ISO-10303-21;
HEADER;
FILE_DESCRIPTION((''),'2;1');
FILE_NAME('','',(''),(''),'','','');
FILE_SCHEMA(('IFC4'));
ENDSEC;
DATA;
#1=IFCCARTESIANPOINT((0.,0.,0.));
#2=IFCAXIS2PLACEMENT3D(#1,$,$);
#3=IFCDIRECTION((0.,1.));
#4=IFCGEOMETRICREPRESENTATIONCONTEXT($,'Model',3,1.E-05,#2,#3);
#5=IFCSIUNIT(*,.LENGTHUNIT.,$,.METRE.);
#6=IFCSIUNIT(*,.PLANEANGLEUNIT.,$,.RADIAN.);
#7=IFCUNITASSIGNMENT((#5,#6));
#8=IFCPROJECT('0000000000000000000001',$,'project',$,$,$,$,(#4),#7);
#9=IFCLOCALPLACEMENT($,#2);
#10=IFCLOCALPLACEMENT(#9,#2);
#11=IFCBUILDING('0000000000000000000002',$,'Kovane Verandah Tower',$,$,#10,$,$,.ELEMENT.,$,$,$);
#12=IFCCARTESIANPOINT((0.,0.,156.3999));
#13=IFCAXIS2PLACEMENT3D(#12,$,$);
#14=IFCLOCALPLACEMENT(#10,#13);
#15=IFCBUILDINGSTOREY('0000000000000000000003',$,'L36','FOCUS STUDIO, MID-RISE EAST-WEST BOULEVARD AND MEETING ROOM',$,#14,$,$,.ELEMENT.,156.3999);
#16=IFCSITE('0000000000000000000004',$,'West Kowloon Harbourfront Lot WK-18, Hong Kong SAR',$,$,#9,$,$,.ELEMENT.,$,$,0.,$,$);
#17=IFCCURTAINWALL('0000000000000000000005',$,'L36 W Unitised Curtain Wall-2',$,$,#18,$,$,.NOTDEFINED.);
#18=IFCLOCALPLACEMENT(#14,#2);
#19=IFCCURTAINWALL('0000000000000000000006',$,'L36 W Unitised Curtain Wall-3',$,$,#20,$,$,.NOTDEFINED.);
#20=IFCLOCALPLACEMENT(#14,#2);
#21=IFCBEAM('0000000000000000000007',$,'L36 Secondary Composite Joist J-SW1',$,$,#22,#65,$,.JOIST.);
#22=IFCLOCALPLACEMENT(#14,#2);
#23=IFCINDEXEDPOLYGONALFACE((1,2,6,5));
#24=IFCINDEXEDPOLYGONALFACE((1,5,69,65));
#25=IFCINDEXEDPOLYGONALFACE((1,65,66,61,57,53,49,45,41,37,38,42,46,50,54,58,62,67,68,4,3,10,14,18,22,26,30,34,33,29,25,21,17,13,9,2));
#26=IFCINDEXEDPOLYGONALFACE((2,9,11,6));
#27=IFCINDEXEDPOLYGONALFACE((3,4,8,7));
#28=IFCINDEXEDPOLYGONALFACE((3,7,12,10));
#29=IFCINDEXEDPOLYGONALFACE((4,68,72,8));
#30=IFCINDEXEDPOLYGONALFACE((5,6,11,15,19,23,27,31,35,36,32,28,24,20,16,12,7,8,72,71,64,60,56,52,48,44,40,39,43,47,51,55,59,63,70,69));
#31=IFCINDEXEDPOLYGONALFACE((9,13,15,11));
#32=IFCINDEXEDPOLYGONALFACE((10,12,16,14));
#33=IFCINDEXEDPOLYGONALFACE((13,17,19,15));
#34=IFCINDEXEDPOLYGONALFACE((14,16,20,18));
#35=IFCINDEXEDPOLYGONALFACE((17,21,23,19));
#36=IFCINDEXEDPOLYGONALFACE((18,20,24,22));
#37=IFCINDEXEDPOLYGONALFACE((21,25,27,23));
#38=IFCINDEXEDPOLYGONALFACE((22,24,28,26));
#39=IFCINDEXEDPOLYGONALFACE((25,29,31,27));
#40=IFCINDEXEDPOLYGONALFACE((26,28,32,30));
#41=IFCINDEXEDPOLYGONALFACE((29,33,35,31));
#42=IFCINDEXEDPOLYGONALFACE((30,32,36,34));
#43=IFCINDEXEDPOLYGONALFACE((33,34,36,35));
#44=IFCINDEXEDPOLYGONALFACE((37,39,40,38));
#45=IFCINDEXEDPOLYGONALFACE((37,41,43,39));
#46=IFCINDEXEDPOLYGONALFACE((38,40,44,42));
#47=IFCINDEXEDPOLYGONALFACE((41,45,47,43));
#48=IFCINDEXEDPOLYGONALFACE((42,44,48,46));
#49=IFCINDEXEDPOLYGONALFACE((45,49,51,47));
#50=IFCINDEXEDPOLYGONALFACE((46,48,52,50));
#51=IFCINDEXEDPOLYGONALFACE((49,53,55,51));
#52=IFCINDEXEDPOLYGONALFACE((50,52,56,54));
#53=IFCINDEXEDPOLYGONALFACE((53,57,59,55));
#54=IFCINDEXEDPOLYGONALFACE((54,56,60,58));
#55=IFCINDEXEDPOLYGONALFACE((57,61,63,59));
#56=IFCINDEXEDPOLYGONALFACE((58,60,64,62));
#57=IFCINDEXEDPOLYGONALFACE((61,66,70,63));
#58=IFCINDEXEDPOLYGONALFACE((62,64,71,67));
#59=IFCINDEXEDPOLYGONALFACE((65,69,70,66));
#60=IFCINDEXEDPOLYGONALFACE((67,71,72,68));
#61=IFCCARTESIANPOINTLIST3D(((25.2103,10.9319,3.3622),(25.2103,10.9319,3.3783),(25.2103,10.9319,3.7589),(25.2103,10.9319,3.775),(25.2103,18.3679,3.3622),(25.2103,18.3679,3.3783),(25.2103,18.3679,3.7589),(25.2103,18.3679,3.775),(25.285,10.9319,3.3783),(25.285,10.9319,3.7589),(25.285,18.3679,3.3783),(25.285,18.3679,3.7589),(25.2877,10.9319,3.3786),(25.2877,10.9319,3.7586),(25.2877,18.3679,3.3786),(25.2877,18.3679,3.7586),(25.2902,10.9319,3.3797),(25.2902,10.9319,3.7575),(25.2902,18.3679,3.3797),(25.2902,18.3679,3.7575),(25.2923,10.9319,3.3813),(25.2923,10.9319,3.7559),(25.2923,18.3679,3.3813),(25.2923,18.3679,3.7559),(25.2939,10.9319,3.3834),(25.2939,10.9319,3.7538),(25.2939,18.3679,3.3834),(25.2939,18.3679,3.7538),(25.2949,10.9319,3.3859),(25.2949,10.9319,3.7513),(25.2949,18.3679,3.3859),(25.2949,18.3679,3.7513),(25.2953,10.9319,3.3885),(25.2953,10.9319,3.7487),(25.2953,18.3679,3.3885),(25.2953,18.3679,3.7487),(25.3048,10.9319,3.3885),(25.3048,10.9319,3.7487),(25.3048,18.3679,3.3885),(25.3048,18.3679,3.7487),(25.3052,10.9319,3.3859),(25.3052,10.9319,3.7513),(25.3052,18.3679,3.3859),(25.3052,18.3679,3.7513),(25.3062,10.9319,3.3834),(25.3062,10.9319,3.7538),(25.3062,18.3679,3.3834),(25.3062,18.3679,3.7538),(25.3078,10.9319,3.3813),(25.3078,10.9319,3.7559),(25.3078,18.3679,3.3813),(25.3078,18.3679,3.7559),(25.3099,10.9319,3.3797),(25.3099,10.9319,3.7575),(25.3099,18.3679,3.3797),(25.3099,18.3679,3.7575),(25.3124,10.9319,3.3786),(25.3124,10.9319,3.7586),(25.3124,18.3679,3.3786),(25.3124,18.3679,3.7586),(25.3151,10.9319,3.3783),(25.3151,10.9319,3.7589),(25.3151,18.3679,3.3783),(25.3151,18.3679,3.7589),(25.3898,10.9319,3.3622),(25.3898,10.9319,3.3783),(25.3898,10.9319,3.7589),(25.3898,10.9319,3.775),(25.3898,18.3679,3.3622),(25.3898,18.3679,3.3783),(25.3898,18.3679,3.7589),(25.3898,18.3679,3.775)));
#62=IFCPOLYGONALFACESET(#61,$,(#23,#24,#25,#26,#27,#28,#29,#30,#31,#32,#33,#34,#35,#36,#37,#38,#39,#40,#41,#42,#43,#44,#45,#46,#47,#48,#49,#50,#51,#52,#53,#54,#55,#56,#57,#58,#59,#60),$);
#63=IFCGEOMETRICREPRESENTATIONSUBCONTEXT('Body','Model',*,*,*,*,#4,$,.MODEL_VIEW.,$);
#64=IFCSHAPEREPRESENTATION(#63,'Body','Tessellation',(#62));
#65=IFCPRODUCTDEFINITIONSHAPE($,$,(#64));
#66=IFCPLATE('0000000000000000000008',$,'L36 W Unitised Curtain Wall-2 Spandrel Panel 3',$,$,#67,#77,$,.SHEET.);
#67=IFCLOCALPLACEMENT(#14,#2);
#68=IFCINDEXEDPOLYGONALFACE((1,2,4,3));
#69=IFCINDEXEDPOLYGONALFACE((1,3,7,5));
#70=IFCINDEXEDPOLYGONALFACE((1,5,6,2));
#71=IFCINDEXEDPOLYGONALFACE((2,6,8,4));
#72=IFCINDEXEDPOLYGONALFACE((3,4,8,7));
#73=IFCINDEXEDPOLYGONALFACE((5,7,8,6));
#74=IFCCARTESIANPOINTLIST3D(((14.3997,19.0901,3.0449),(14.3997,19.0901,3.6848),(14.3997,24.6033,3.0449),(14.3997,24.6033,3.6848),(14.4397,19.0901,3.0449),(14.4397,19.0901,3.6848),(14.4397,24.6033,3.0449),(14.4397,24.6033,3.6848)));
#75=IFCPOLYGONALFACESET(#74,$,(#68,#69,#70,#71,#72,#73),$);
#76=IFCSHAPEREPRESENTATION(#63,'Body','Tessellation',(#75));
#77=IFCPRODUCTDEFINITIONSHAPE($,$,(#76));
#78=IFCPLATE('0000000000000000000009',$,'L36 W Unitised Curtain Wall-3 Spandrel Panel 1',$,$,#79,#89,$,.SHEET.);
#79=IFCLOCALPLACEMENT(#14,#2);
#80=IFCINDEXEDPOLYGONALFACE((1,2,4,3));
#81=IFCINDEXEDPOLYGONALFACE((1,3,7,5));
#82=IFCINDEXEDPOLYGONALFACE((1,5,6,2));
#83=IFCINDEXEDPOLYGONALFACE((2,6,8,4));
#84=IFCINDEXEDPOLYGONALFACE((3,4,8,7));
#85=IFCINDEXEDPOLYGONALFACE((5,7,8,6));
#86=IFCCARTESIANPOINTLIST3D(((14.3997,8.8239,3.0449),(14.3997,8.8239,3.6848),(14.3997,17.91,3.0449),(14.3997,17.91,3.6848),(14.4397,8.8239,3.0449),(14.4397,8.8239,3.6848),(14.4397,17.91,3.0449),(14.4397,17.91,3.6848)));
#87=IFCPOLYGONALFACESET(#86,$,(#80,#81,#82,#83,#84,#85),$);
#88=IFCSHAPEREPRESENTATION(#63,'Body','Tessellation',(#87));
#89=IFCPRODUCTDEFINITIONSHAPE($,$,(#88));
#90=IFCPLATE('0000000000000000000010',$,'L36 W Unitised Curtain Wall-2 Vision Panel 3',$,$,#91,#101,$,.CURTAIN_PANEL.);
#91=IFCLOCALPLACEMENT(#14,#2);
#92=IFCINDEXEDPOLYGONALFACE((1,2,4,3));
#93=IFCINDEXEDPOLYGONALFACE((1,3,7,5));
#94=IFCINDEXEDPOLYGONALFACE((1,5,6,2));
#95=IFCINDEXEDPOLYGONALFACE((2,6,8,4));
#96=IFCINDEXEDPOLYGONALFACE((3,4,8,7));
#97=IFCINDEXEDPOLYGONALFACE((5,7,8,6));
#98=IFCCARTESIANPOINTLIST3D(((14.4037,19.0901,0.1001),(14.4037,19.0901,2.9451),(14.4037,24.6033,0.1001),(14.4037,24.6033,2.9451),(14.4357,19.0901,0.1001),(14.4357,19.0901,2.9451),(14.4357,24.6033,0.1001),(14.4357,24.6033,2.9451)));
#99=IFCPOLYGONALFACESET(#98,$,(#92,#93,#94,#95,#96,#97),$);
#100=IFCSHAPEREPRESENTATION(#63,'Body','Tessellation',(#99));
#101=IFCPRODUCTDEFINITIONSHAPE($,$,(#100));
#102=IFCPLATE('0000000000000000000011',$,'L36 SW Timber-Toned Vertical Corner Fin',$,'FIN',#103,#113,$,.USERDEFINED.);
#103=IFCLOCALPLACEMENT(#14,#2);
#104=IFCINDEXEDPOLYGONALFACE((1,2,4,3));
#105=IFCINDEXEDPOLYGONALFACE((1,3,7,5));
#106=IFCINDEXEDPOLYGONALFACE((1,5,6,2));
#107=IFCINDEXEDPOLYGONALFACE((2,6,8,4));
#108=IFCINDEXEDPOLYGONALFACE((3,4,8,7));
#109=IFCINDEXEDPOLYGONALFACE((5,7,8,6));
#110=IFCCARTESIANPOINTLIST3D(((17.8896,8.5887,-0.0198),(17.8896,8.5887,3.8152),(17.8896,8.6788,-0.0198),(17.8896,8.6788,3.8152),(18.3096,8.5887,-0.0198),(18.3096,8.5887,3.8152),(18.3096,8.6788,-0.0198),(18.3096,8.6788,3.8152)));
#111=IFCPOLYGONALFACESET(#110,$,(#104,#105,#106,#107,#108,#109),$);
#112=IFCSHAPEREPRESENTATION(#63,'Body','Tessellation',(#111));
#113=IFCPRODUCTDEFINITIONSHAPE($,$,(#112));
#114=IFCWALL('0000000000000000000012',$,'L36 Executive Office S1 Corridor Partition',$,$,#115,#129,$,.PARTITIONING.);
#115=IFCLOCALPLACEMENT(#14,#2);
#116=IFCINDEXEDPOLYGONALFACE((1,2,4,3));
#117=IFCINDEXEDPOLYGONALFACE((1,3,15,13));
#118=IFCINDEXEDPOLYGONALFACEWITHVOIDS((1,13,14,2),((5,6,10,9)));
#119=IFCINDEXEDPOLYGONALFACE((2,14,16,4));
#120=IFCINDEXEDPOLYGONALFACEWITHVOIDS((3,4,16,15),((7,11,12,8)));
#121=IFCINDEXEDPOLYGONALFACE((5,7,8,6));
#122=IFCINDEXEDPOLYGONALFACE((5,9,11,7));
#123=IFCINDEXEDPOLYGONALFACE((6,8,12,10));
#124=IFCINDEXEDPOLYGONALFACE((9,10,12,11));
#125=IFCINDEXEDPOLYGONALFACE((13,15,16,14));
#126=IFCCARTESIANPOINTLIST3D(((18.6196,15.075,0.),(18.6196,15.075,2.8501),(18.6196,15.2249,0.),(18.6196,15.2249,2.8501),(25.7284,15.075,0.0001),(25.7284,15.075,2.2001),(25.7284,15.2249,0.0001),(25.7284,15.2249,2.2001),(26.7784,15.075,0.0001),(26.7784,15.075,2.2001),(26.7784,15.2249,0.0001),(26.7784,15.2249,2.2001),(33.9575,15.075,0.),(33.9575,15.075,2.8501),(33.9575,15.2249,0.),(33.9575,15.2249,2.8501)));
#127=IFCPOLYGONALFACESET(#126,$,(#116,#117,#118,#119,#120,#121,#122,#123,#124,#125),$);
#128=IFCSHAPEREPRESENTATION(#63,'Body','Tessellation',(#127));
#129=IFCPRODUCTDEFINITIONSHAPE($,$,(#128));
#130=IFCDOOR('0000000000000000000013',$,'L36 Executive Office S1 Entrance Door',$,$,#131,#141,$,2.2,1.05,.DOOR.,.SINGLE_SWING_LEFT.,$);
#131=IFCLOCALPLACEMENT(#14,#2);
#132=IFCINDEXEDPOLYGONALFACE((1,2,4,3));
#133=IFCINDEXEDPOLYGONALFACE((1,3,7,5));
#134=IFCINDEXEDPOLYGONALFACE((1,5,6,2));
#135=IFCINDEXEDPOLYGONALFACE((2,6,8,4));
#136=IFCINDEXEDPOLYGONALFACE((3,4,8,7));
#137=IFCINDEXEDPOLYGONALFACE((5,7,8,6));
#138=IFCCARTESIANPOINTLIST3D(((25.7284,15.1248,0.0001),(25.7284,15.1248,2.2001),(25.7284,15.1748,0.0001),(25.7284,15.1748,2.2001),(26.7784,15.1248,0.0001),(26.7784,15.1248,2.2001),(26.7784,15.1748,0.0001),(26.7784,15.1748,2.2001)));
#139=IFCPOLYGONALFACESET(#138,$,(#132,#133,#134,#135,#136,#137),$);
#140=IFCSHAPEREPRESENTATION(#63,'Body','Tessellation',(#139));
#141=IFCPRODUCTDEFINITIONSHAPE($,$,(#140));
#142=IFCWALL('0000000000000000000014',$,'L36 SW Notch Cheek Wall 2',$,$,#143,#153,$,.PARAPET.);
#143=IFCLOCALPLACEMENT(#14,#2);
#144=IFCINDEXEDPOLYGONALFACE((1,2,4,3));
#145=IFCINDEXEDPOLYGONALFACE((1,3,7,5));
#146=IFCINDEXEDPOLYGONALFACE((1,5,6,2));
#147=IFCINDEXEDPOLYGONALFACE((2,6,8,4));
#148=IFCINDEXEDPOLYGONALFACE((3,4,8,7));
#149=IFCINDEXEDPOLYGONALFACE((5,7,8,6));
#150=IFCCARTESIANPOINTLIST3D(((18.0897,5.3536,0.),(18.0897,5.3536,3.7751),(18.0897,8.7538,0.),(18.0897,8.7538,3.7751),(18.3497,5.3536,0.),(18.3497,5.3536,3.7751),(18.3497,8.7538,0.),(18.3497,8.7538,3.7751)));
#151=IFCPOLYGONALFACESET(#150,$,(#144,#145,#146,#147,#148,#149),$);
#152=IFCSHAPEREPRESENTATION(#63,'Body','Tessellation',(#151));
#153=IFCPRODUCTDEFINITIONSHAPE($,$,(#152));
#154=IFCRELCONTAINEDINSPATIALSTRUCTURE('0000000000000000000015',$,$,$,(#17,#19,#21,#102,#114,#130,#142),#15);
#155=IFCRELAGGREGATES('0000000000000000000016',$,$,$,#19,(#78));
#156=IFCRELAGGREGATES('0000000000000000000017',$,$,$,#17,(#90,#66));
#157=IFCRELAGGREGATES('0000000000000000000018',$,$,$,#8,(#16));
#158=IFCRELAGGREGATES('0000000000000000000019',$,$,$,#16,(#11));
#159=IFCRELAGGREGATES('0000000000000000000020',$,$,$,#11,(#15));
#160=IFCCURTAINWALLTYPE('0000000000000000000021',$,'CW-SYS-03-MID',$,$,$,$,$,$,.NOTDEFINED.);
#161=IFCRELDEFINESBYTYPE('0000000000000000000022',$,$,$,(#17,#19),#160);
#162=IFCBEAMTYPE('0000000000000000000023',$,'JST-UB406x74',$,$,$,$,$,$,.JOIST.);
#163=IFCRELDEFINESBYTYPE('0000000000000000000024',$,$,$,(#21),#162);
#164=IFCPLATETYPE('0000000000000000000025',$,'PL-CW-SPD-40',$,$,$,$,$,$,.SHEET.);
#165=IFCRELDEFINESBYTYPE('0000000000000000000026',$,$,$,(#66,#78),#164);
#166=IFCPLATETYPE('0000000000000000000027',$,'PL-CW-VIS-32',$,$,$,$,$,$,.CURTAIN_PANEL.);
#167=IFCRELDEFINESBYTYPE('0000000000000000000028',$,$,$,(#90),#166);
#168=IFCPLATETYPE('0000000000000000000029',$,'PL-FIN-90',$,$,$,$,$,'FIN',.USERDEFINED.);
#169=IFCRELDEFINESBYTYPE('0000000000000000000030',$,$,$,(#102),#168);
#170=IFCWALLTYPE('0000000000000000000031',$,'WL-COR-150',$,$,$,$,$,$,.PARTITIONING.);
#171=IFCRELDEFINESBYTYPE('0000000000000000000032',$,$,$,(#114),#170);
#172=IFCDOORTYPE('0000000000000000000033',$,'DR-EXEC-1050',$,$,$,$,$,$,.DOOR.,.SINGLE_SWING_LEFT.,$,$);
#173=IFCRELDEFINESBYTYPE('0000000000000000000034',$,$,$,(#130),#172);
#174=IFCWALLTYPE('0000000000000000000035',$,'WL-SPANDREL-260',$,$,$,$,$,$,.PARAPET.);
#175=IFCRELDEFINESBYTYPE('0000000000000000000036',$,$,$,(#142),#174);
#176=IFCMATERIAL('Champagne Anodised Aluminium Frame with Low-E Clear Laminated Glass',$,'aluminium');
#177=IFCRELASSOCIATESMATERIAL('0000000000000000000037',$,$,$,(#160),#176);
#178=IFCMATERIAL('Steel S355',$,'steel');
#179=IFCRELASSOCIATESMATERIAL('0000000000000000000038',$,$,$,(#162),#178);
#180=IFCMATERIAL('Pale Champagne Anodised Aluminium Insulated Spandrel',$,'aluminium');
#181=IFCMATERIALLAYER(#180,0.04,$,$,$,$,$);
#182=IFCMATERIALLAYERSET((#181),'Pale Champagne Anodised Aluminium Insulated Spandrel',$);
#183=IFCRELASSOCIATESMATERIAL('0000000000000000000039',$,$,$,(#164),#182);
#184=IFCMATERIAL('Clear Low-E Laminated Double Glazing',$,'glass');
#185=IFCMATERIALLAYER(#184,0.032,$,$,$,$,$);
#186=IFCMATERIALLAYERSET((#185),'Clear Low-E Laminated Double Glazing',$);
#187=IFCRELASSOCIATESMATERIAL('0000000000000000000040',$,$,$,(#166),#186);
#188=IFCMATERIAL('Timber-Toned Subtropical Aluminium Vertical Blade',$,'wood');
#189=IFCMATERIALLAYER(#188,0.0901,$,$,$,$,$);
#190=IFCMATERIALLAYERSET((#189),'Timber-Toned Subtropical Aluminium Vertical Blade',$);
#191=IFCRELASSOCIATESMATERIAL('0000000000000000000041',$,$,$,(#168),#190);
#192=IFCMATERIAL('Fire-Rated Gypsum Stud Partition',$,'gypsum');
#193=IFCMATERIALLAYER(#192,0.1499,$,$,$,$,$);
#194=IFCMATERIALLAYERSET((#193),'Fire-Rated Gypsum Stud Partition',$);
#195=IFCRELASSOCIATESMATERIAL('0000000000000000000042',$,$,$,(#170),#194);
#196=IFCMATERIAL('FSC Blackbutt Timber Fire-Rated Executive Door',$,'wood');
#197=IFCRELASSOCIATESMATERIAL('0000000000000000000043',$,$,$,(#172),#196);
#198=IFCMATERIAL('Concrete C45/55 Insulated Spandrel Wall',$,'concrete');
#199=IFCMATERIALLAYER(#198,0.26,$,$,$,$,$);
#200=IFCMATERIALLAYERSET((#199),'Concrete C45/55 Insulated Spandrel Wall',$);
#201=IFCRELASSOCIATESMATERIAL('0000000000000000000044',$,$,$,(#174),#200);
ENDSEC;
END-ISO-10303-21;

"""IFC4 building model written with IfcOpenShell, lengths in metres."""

from ifc_helpers import new_model, si_unit, direction, frame, frame_2d, origin, origin_2d, place, context, subcontext, project, spatial, rectangle, i_section, extrude, material, layer, layer_set, material_profile, profile_set, type_object, element, fill, aggregate, save


model = new_model("IFC4")

# Units and contexts
model_context = context("Model", 3, precision=1e-05, world=origin(), true_north=direction((0.0, 1.0)))
body_context = subcontext(model_context, "Body", "Model", "MODEL_VIEW")
ifc_project = project(units=[si_unit("LENGTHUNIT", "METRE"), si_unit("PLANEANGLEUNIT", "RADIAN")], contexts=[model_context])

# Site, building, storey
site_placement = place(None, origin())
site = spatial("IfcSite", under=ifc_project, at=site_placement, Name="West Kowloon Harbourfront Lot WK-18, Hong Kong SAR", CompositionType="ELEMENT", RefElevation=0.0)
building_placement = place(site_placement, origin())
building = spatial("IfcBuilding", under=site, at=building_placement, Name="Kovane Verandah Tower", CompositionType="ELEMENT")
storey_placement = place(building_placement, frame((0.0, 0.0, 156.3999)))
storey = spatial("IfcBuildingStorey", under=building, at=storey_placement, Name="L36", Description="FOCUS STUDIO, MID-RISE EAST-WEST BOULEVARD AND MEETING ROOM", CompositionType="ELEMENT", Elevation=156.3999)

# Shared definitions
ifc_material_1 = material(Name="Steel S355", Category="steel")

# Curtain wall
ifc_material_2 = material(Name="Champagne Anodised Aluminium Frame with Low-E Clear Laminated Glass", Category="aluminium")
curtain_wall_type = type_object("IfcCurtainWallType", Name="CW-SYS-03-MID", PredefinedType="NOTDEFINED", material=ifc_material_2)
curtain_wall_1_placement = place(storey_placement, origin())
curtain_wall_1 = element("IfcCurtainWall", 1, at=curtain_wall_1_placement, inside=storey, type_object=curtain_wall_type, Name="L36 W Unitised Curtain Wall-2", PredefinedType="NOTDEFINED")

# Curtain wall
curtain_wall_2_placement = place(storey_placement, origin())
curtain_wall_2 = element("IfcCurtainWall", 2, at=curtain_wall_2_placement, inside=storey, type_object=curtain_wall_type, Name="L36 W Unitised Curtain Wall-3", PredefinedType="NOTDEFINED")

# Beam
ifc_material_profile_1 = material_profile(ifc_material_1, i_section(OverallWidth=0.1794, OverallDepth=0.4128, WebThickness=0.0095, FlangeThickness=0.0161, FilletRadius=0.0103, at=origin_2d()), Name="UB406x178x74")
ifc_profile_set_1 = profile_set([ifc_material_profile_1], Name="Steel S355")
beam_type_1 = type_object("IfcBeamType", Name="JST-UB406x74", PredefinedType="JOIST", material=ifc_profile_set_1)
beam_1_placement = place(storey_placement, frame((25.3, 10.9319, 3.5686), z_axis=(0.0, 1.0, 0.0), x_axis=(-1.0, 0.0, 0.0)))
element("IfcBeam", 3, at=beam_1_placement, inside=storey, type_object=beam_type_1, Name="L36 Secondary Composite Joist J-SW1", PredefinedType="JOIST", context=body_context, shape_type="SweptSolid", body=[
    extrude(i_section(OverallWidth=0.1794, OverallDepth=0.4128, WebThickness=0.0095, FlangeThickness=0.0161, FilletRadius=0.0103, at=origin_2d()), origin(), (0.0, 0.0, 1.0), 7.436),
])

# Plates
ifc_material_3 = material(Name="Pale Champagne Anodised Aluminium Insulated Spandrel", Category="aluminium")
ifc_layer_1 = layer(ifc_material_3, 0.04)
ifc_layer_set_1 = layer_set([ifc_layer_1], Name="Pale Champagne Anodised Aluminium Insulated Spandrel")
plate_type_1 = type_object("IfcPlateType", Name="PL-CW-SPD-40", PredefinedType="SHEET", material=ifc_layer_set_1)
plate_1_placement = place(storey_placement, frame((14.4197, 21.8467, 3.0449), z_axis=(0.0, 0.0, 1.0), x_axis=(0.0, -1.0, 0.0)))
plate_1 = element("IfcPlate", 4, at=plate_1_placement, type_object=plate_type_1, Name="L36 W Unitised Curtain Wall-2 Spandrel Panel 3", PredefinedType="SHEET", context=body_context, shape_type="SweptSolid", body=[
    extrude(rectangle(XDim=5.5132, YDim=0.04, at=origin_2d()), origin(), (0.0, 0.0, 1.0), 0.6399),
])
plate_2_placement = place(storey_placement, frame((14.4197, 13.3669, 3.0449), z_axis=(0.0, 0.0, 1.0), x_axis=(0.0, -1.0, 0.0)))
plate_2 = element("IfcPlate", 5, at=plate_2_placement, type_object=plate_type_1, Name="L36 W Unitised Curtain Wall-3 Spandrel Panel 1", PredefinedType="SHEET", context=body_context, shape_type="SweptSolid", body=[
    extrude(rectangle(XDim=9.0862, YDim=0.04, at=origin_2d()), origin(), (0.0, 0.0, 1.0), 0.6399),
])
aggregate(curtain_wall_2, [plate_2])
ifc_material_4 = material(Name="Clear Low-E Laminated Double Glazing", Category="glass")
ifc_layer_2 = layer(ifc_material_4, 0.032)
ifc_layer_set_2 = layer_set([ifc_layer_2], Name="Clear Low-E Laminated Double Glazing")
plate_type_2 = type_object("IfcPlateType", Name="PL-CW-VIS-32", PredefinedType="CURTAIN_PANEL", material=ifc_layer_set_2)
plate_3_placement = place(storey_placement, frame((14.4197, 21.8467, 0.1001), z_axis=(0.0, 0.0, 1.0), x_axis=(0.0, -1.0, 0.0)))
plate_3 = element("IfcPlate", 6, at=plate_3_placement, type_object=plate_type_2, Name="L36 W Unitised Curtain Wall-2 Vision Panel 3", PredefinedType="CURTAIN_PANEL", context=body_context, shape_type="SweptSolid", body=[
    extrude(rectangle(XDim=5.5132, YDim=0.032, at=origin_2d()), origin(), (0.0, 0.0, 1.0), 2.845),
])
aggregate(curtain_wall_1, [plate_3, plate_1])
ifc_material_5 = material(Name="Timber-Toned Subtropical Aluminium Vertical Blade", Category="wood")
ifc_layer_3 = layer(ifc_material_5, 0.0901)
ifc_layer_set_3 = layer_set([ifc_layer_3], Name="Timber-Toned Subtropical Aluminium Vertical Blade")
plate_type_3 = type_object("IfcPlateType", Name="PL-FIN-90", ElementType="FIN", PredefinedType="USERDEFINED", material=ifc_layer_set_3)
plate_4_placement = place(storey_placement, frame((18.0996, 8.6338, -0.0198), z_axis=(0.0, 0.0, 1.0), x_axis=(1.0, 0.0, 0.0)))
element("IfcPlate", 7, at=plate_4_placement, inside=storey, type_object=plate_type_3, Name="L36 SW Timber-Toned Vertical Corner Fin", ObjectType="FIN", PredefinedType="USERDEFINED", context=body_context, shape_type="SweptSolid", body=[
    extrude(rectangle(XDim=0.4199, YDim=0.0901, at=origin_2d()), origin(), (0.0, 0.0, 1.0), 3.835),
])

# Wall, opening, door
ifc_material_6 = material(Name="Fire-Rated Gypsum Stud Partition", Category="gypsum")
ifc_layer_4 = layer(ifc_material_6, 0.1499)
ifc_layer_set_4 = layer_set([ifc_layer_4], Name="Fire-Rated Gypsum Stud Partition")
wall_type_1 = type_object("IfcWallType", Name="WL-COR-150", PredefinedType="PARTITIONING", material=ifc_layer_set_4)
wall_1_placement = place(storey_placement, frame((18.6196, 15.1499, 0.0), z_axis=(0.0, 0.0, 1.0), x_axis=(1.0, 0.0, 0.0)))
wall_1 = element("IfcWall", 8, at=wall_1_placement, inside=storey, type_object=wall_type_1, Name="L36 Executive Office S1 Corridor Partition", PredefinedType="PARTITIONING", context=body_context, shape_type="SweptSolid", body=[
    extrude(rectangle(XDim=15.3379, YDim=0.1499, at=frame_2d((7.6689, 0.0))), origin(), (0.0, 0.0, 1.0), 2.8501),
])
opening_1_placement = place(wall_1_placement, frame((7.1089, 0.0, 0.0)))
opening_1 = element("IfcOpeningElement", 9, at=opening_1_placement, cuts=wall_1, PredefinedType="OPENING", context=body_context, shape_type="SweptSolid", body=[
    extrude(rectangle(XDim=1.05, YDim=2.2, at=frame_2d((0.5249, 1.1001))), frame((0.0, 0.075, 0.0), z_axis=(0.0, -1.0, 0.0), x_axis=(1.0, 0.0, 0.0)), (0.0, 0.0, 1.0), 0.1499),
])
ifc_material_7 = material(Name="FSC Blackbutt Timber Fire-Rated Executive Door", Category="wood")
door_type_1 = type_object("IfcDoorType", Name="DR-EXEC-1050", OperationType="SINGLE_SWING_LEFT", PredefinedType="DOOR", material=ifc_material_7)
door_1_placement = place(opening_1_placement, origin())
door_1 = element("IfcDoor", 10, at=door_1_placement, inside=storey, type_object=door_type_1, Name="L36 Executive Office S1 Entrance Door", OperationType="SINGLE_SWING_LEFT", OverallHeight=2.2, OverallWidth=1.05, PredefinedType="DOOR", context=body_context, shape_type="SweptSolid", body=[
    extrude(rectangle(XDim=1.05, YDim=2.2, at=frame_2d((0.5249, 1.1001))), frame((0.0, 0.0249, 0.0), z_axis=(0.0, -1.0, 0.0), x_axis=(1.0, 0.0, 0.0)), (0.0, 0.0, 1.0), 0.05),
])
fill(opening_1, door_1)

# Shared definitions
ifc_material_8 = material(Name="Concrete C45/55 Insulated Spandrel Wall", Category="concrete")
ifc_layer_5 = layer(ifc_material_8, 0.26)
ifc_layer_set_5 = layer_set([ifc_layer_5], Name="Concrete C45/55 Insulated Spandrel Wall")
wall_type_2 = type_object("IfcWallType", Name="WL-SPANDREL-260", PredefinedType="PARAPET", material=ifc_layer_set_5)

# Wall
wall_2_placement = place(storey_placement, frame((18.2197, 8.7539, 0.0), z_axis=(0.0, 0.0, 1.0), x_axis=(0.0, -1.0, 0.0)))
element("IfcWall", 11, at=wall_2_placement, inside=storey, type_object=wall_type_2, Name="L36 SW Notch Cheek Wall 2", PredefinedType="PARAPET", context=body_context, shape_type="SweptSolid", body=[
    extrude(rectangle(XDim=3.4001, YDim=0.26, at=frame_2d((1.7002, 0.0))), origin(), (0.0, 0.0, 1.0), 3.7751),
])

save(model, "model.ifc")
